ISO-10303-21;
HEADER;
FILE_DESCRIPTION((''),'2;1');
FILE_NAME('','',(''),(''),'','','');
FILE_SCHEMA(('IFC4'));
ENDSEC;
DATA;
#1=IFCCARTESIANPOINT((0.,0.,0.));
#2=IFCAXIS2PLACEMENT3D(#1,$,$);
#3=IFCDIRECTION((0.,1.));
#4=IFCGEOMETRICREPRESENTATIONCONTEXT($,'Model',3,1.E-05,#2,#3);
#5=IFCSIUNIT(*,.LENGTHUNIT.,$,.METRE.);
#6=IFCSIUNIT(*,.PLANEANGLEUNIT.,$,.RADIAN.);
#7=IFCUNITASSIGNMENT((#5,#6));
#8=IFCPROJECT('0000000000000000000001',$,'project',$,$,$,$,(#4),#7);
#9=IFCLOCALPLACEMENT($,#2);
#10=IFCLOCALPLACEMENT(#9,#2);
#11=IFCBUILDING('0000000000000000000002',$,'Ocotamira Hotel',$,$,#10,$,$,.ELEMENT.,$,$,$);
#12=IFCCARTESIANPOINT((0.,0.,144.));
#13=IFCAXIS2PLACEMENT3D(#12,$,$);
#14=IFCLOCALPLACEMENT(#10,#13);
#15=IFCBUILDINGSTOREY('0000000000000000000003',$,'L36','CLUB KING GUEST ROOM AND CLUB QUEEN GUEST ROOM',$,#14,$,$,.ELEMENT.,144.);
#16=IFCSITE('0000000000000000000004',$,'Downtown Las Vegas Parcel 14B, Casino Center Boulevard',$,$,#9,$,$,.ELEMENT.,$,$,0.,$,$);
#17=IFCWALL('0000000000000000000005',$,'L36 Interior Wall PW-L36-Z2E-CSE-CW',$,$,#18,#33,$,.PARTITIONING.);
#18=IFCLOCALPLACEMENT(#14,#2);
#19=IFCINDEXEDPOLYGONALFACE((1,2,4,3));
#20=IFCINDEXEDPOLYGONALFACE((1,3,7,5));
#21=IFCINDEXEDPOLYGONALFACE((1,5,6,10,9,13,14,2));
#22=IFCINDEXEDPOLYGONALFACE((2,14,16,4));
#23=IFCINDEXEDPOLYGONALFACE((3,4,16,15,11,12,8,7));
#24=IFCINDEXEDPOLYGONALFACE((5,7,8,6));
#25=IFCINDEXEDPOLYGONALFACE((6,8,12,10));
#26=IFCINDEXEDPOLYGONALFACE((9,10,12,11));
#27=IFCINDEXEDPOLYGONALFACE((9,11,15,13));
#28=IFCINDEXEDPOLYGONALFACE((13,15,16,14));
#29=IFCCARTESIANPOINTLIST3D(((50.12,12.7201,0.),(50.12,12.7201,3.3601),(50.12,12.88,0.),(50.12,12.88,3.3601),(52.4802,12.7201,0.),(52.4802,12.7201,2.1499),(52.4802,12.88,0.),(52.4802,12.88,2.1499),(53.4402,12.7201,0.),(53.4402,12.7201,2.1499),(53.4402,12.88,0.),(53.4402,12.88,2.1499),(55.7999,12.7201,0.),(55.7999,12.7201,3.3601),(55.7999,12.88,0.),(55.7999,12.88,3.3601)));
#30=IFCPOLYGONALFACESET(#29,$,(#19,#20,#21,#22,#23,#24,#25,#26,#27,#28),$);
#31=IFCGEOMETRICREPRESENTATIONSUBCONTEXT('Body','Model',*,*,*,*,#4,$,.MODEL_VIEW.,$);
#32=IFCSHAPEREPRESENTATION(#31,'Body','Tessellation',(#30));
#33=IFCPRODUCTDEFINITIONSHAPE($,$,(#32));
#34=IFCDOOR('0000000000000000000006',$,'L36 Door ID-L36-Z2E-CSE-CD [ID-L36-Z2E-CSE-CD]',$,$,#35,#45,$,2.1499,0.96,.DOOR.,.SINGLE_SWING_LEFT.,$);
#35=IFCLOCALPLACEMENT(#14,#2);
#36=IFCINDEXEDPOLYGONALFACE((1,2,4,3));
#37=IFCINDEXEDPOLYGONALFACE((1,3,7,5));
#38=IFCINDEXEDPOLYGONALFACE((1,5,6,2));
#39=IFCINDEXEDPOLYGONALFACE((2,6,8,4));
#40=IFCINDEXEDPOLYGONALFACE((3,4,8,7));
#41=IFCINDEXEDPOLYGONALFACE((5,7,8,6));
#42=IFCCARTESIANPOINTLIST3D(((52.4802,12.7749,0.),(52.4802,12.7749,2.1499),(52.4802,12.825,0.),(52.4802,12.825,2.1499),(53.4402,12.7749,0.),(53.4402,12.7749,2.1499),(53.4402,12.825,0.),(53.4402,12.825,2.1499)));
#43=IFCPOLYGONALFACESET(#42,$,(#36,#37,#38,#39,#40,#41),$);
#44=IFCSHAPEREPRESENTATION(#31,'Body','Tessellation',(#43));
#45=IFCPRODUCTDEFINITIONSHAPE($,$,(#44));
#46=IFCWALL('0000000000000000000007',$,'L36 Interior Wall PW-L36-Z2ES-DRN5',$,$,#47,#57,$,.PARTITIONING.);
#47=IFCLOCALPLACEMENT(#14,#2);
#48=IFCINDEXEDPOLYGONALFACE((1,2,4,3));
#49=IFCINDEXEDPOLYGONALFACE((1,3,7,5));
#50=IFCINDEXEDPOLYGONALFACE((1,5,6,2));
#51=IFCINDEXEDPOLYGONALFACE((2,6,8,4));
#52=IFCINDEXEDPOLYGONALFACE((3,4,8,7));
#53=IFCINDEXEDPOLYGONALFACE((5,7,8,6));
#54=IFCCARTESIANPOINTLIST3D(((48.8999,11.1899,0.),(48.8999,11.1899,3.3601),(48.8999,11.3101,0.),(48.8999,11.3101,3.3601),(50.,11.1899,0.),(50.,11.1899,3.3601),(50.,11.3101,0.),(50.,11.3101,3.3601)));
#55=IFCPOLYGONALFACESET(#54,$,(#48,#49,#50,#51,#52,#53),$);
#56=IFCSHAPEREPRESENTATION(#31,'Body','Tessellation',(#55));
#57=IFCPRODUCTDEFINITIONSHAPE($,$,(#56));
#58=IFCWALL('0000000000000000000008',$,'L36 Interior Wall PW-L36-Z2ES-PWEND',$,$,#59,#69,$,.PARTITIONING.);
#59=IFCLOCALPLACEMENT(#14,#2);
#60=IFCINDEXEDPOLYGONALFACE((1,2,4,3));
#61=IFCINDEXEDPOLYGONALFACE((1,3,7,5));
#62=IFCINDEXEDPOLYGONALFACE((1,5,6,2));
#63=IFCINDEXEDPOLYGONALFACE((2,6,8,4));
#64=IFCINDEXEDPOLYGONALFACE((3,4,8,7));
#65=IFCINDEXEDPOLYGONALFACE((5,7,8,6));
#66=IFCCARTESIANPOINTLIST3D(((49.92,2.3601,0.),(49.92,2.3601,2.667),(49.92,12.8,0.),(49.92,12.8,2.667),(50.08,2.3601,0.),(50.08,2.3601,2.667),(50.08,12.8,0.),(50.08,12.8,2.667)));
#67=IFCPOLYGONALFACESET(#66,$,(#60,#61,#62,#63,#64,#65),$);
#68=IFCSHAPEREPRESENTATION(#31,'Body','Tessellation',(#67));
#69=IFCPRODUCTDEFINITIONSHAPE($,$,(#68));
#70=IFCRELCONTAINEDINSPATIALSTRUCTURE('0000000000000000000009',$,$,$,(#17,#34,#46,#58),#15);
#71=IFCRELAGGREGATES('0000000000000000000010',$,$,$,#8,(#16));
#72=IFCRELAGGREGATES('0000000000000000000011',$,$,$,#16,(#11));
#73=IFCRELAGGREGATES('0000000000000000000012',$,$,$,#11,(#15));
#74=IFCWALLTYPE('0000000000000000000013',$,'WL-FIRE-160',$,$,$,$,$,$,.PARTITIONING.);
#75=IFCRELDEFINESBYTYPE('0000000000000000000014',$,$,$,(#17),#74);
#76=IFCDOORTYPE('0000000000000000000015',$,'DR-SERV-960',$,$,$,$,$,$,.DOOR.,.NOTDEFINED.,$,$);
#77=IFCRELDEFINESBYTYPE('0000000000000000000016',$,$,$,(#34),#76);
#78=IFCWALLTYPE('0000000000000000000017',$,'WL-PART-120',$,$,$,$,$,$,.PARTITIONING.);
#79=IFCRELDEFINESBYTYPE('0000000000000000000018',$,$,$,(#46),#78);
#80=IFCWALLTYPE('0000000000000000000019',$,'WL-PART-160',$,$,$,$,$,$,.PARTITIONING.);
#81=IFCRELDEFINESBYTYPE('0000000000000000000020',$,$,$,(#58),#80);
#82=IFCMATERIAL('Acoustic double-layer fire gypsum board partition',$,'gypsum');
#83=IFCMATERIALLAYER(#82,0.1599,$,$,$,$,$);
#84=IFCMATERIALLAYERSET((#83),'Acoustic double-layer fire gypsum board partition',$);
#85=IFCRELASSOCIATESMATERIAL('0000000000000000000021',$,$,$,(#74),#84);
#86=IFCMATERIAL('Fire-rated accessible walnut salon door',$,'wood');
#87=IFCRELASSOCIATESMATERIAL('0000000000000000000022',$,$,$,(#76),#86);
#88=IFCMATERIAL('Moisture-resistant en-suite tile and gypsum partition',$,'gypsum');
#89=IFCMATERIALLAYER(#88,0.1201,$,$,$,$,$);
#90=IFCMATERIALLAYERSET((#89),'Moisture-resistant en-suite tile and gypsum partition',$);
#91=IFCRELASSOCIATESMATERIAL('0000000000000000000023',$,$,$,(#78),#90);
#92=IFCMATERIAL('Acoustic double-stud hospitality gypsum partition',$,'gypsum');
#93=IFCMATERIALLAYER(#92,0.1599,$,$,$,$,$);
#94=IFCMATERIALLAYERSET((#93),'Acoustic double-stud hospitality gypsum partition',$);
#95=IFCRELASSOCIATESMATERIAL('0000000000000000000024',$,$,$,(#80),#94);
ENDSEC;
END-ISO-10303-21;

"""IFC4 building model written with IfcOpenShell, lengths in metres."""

from ifc_helpers import new_model, si_unit, direction, frame, frame_2d, origin, place, context, subcontext, project, spatial, rectangle, extrude, source, transform, mapped, material, layer, layer_set, type_object, element, fill, save


model = new_model("IFC4")

# Units and contexts
model_context = context("Model", 3, precision=1e-05, world=origin(), true_north=direction((0.0, 1.0)))
body_context = subcontext(model_context, "Body", "Model", "MODEL_VIEW")
ifc_project = project(units=[si_unit("LENGTHUNIT", "METRE"), si_unit("PLANEANGLEUNIT", "RADIAN")], contexts=[model_context])

# Site, building, storey
site_placement = place(None, origin())
site = spatial("IfcSite", under=ifc_project, at=site_placement, Name="Downtown Las Vegas Parcel 14B, Casino Center Boulevard", CompositionType="ELEMENT", RefElevation=0.0)
building_placement = place(site_placement, origin())
building = spatial("IfcBuilding", under=site, at=building_placement, Name="Ocotamira Hotel", CompositionType="ELEMENT")
storey_placement = place(building_placement, frame((0.0, 0.0, 144.0)))
storey = spatial("IfcBuildingStorey", under=building, at=storey_placement, Name="L36", Description="CLUB KING GUEST ROOM AND CLUB QUEEN GUEST ROOM", CompositionType="ELEMENT", Elevation=144.0)

# Wall, opening, door
ifc_material_1 = material(Name="Acoustic double-layer fire gypsum board partition", Category="gypsum")
ifc_layer_1 = layer(ifc_material_1, 0.1599)
ifc_layer_set_1 = layer_set([ifc_layer_1], Name="Acoustic double-layer fire gypsum board partition")
wall_type_1 = type_object("IfcWallType", Name="WL-FIRE-160", PredefinedType="PARTITIONING", material=ifc_layer_set_1)
wall_1_placement = place(storey_placement, frame((50.1201, 12.8, 0.0), z_axis=(0.0, 0.0, 1.0), x_axis=(1.0, 0.0, 0.0)))
wall_1 = element("IfcWall", 1, at=wall_1_placement, inside=storey, type_object=wall_type_1, Name="L36 Interior Wall PW-L36-Z2E-CSE-CW", PredefinedType="PARTITIONING", context=body_context, shape_type="SweptSolid", body=[
    extrude(rectangle(XDim=5.6799, YDim=0.1599, at=frame_2d((2.8398, 0.0))), origin(), (0.0, 0.0, 1.0), 3.3601),
])
opening_1_placement = place(wall_1_placement, frame((2.3601, 0.0, 0.0)))
opening_1 = element("IfcOpeningElement", 2, at=opening_1_placement, cuts=wall_1, PredefinedType="OPENING", context=body_context, shape_type="SweptSolid", body=[
    extrude(rectangle(XDim=0.96, YDim=2.1499, at=frame_2d((0.48, 1.075))), frame((0.0, 0.0898, 0.0), z_axis=(0.0, -1.0, 0.0), x_axis=(1.0, 0.0, 0.0)), (0.0, 0.0, 1.0), 0.1799),
])
ifc_material_2 = material(Name="Fire-rated accessible walnut salon door", Category="wood")
door_type_1 = type_object("IfcDoorType", Name="DR-SERV-960", OperationType="NOTDEFINED", PredefinedType="DOOR", material=ifc_material_2)
shared_shape_1 = source(origin(), body_context, "Body", "SweptSolid", [
    extrude(rectangle(XDim=0.96, YDim=2.1499, at=frame_2d((0.48, 1.075))), frame((0.0, 0.0249, 0.0), z_axis=(0.0, -1.0, 0.0), x_axis=(1.0, 0.0, 0.0)), (0.0, 0.0, 1.0), 0.05),
])
door_1_placement = place(opening_1_placement, origin())
door_1 = element("IfcDoor", 3, at=door_1_placement, inside=storey, type_object=door_type_1, Name="L36 Door ID-L36-Z2E-CSE-CD [ID-L36-Z2E-CSE-CD]", OperationType="SINGLE_SWING_LEFT", OverallHeight=2.1499, OverallWidth=0.96, PredefinedType="DOOR", context=body_context, shape_type="MappedRepresentation", body=[
    mapped(shared_shape_1, transform((0.0, 0.0, 0.0), scale=1.0)),
])
fill(opening_1, door_1)

# Walls
ifc_material_3 = material(Name="Moisture-resistant en-suite tile and gypsum partition", Category="gypsum")
ifc_layer_2 = layer(ifc_material_3, 0.1201)
ifc_layer_set_2 = layer_set([ifc_layer_2], Name="Moisture-resistant en-suite tile and gypsum partition")
wall_type_2 = type_object("IfcWallType", Name="WL-PART-120", PredefinedType="PARTITIONING", material=ifc_layer_set_2)
wall_2_placement = place(storey_placement, frame((48.8999, 11.25, 0.0), z_axis=(0.0, 0.0, 1.0), x_axis=(1.0, 0.0, 0.0)))
element("IfcWall", 4, at=wall_2_placement, inside=storey, type_object=wall_type_2, Name="L36 Interior Wall PW-L36-Z2ES-DRN5", PredefinedType="PARTITIONING", context=body_context, shape_type="SweptSolid", body=[
    extrude(rectangle(XDim=1.1001, YDim=0.1201, at=frame_2d((0.55, 0.0))), origin(), (0.0, 0.0, 1.0), 3.3601),
])
ifc_material_4 = material(Name="Acoustic double-stud hospitality gypsum partition", Category="gypsum")
ifc_layer_3 = layer(ifc_material_4, 0.1599)
ifc_layer_set_3 = layer_set([ifc_layer_3], Name="Acoustic double-stud hospitality gypsum partition")
wall_type_3 = type_object("IfcWallType", Name="WL-PART-160", PredefinedType="PARTITIONING", material=ifc_layer_set_3)
wall_3_placement = place(storey_placement, frame((50.0, 2.3601, 0.0), z_axis=(0.0, 0.0, 1.0), x_axis=(0.0, 1.0, 0.0)))
element("IfcWall", 5, at=wall_3_placement, inside=storey, type_object=wall_type_3, Name="L36 Interior Wall PW-L36-Z2ES-PWEND", PredefinedType="PARTITIONING", context=body_context, shape_type="SweptSolid", body=[
    extrude(rectangle(XDim=10.4399, YDim=0.1599, at=frame_2d((5.22, 0.0))), origin(), (0.0, 0.0, 1.0), 2.667),
])

save(model, "model.ifc")
